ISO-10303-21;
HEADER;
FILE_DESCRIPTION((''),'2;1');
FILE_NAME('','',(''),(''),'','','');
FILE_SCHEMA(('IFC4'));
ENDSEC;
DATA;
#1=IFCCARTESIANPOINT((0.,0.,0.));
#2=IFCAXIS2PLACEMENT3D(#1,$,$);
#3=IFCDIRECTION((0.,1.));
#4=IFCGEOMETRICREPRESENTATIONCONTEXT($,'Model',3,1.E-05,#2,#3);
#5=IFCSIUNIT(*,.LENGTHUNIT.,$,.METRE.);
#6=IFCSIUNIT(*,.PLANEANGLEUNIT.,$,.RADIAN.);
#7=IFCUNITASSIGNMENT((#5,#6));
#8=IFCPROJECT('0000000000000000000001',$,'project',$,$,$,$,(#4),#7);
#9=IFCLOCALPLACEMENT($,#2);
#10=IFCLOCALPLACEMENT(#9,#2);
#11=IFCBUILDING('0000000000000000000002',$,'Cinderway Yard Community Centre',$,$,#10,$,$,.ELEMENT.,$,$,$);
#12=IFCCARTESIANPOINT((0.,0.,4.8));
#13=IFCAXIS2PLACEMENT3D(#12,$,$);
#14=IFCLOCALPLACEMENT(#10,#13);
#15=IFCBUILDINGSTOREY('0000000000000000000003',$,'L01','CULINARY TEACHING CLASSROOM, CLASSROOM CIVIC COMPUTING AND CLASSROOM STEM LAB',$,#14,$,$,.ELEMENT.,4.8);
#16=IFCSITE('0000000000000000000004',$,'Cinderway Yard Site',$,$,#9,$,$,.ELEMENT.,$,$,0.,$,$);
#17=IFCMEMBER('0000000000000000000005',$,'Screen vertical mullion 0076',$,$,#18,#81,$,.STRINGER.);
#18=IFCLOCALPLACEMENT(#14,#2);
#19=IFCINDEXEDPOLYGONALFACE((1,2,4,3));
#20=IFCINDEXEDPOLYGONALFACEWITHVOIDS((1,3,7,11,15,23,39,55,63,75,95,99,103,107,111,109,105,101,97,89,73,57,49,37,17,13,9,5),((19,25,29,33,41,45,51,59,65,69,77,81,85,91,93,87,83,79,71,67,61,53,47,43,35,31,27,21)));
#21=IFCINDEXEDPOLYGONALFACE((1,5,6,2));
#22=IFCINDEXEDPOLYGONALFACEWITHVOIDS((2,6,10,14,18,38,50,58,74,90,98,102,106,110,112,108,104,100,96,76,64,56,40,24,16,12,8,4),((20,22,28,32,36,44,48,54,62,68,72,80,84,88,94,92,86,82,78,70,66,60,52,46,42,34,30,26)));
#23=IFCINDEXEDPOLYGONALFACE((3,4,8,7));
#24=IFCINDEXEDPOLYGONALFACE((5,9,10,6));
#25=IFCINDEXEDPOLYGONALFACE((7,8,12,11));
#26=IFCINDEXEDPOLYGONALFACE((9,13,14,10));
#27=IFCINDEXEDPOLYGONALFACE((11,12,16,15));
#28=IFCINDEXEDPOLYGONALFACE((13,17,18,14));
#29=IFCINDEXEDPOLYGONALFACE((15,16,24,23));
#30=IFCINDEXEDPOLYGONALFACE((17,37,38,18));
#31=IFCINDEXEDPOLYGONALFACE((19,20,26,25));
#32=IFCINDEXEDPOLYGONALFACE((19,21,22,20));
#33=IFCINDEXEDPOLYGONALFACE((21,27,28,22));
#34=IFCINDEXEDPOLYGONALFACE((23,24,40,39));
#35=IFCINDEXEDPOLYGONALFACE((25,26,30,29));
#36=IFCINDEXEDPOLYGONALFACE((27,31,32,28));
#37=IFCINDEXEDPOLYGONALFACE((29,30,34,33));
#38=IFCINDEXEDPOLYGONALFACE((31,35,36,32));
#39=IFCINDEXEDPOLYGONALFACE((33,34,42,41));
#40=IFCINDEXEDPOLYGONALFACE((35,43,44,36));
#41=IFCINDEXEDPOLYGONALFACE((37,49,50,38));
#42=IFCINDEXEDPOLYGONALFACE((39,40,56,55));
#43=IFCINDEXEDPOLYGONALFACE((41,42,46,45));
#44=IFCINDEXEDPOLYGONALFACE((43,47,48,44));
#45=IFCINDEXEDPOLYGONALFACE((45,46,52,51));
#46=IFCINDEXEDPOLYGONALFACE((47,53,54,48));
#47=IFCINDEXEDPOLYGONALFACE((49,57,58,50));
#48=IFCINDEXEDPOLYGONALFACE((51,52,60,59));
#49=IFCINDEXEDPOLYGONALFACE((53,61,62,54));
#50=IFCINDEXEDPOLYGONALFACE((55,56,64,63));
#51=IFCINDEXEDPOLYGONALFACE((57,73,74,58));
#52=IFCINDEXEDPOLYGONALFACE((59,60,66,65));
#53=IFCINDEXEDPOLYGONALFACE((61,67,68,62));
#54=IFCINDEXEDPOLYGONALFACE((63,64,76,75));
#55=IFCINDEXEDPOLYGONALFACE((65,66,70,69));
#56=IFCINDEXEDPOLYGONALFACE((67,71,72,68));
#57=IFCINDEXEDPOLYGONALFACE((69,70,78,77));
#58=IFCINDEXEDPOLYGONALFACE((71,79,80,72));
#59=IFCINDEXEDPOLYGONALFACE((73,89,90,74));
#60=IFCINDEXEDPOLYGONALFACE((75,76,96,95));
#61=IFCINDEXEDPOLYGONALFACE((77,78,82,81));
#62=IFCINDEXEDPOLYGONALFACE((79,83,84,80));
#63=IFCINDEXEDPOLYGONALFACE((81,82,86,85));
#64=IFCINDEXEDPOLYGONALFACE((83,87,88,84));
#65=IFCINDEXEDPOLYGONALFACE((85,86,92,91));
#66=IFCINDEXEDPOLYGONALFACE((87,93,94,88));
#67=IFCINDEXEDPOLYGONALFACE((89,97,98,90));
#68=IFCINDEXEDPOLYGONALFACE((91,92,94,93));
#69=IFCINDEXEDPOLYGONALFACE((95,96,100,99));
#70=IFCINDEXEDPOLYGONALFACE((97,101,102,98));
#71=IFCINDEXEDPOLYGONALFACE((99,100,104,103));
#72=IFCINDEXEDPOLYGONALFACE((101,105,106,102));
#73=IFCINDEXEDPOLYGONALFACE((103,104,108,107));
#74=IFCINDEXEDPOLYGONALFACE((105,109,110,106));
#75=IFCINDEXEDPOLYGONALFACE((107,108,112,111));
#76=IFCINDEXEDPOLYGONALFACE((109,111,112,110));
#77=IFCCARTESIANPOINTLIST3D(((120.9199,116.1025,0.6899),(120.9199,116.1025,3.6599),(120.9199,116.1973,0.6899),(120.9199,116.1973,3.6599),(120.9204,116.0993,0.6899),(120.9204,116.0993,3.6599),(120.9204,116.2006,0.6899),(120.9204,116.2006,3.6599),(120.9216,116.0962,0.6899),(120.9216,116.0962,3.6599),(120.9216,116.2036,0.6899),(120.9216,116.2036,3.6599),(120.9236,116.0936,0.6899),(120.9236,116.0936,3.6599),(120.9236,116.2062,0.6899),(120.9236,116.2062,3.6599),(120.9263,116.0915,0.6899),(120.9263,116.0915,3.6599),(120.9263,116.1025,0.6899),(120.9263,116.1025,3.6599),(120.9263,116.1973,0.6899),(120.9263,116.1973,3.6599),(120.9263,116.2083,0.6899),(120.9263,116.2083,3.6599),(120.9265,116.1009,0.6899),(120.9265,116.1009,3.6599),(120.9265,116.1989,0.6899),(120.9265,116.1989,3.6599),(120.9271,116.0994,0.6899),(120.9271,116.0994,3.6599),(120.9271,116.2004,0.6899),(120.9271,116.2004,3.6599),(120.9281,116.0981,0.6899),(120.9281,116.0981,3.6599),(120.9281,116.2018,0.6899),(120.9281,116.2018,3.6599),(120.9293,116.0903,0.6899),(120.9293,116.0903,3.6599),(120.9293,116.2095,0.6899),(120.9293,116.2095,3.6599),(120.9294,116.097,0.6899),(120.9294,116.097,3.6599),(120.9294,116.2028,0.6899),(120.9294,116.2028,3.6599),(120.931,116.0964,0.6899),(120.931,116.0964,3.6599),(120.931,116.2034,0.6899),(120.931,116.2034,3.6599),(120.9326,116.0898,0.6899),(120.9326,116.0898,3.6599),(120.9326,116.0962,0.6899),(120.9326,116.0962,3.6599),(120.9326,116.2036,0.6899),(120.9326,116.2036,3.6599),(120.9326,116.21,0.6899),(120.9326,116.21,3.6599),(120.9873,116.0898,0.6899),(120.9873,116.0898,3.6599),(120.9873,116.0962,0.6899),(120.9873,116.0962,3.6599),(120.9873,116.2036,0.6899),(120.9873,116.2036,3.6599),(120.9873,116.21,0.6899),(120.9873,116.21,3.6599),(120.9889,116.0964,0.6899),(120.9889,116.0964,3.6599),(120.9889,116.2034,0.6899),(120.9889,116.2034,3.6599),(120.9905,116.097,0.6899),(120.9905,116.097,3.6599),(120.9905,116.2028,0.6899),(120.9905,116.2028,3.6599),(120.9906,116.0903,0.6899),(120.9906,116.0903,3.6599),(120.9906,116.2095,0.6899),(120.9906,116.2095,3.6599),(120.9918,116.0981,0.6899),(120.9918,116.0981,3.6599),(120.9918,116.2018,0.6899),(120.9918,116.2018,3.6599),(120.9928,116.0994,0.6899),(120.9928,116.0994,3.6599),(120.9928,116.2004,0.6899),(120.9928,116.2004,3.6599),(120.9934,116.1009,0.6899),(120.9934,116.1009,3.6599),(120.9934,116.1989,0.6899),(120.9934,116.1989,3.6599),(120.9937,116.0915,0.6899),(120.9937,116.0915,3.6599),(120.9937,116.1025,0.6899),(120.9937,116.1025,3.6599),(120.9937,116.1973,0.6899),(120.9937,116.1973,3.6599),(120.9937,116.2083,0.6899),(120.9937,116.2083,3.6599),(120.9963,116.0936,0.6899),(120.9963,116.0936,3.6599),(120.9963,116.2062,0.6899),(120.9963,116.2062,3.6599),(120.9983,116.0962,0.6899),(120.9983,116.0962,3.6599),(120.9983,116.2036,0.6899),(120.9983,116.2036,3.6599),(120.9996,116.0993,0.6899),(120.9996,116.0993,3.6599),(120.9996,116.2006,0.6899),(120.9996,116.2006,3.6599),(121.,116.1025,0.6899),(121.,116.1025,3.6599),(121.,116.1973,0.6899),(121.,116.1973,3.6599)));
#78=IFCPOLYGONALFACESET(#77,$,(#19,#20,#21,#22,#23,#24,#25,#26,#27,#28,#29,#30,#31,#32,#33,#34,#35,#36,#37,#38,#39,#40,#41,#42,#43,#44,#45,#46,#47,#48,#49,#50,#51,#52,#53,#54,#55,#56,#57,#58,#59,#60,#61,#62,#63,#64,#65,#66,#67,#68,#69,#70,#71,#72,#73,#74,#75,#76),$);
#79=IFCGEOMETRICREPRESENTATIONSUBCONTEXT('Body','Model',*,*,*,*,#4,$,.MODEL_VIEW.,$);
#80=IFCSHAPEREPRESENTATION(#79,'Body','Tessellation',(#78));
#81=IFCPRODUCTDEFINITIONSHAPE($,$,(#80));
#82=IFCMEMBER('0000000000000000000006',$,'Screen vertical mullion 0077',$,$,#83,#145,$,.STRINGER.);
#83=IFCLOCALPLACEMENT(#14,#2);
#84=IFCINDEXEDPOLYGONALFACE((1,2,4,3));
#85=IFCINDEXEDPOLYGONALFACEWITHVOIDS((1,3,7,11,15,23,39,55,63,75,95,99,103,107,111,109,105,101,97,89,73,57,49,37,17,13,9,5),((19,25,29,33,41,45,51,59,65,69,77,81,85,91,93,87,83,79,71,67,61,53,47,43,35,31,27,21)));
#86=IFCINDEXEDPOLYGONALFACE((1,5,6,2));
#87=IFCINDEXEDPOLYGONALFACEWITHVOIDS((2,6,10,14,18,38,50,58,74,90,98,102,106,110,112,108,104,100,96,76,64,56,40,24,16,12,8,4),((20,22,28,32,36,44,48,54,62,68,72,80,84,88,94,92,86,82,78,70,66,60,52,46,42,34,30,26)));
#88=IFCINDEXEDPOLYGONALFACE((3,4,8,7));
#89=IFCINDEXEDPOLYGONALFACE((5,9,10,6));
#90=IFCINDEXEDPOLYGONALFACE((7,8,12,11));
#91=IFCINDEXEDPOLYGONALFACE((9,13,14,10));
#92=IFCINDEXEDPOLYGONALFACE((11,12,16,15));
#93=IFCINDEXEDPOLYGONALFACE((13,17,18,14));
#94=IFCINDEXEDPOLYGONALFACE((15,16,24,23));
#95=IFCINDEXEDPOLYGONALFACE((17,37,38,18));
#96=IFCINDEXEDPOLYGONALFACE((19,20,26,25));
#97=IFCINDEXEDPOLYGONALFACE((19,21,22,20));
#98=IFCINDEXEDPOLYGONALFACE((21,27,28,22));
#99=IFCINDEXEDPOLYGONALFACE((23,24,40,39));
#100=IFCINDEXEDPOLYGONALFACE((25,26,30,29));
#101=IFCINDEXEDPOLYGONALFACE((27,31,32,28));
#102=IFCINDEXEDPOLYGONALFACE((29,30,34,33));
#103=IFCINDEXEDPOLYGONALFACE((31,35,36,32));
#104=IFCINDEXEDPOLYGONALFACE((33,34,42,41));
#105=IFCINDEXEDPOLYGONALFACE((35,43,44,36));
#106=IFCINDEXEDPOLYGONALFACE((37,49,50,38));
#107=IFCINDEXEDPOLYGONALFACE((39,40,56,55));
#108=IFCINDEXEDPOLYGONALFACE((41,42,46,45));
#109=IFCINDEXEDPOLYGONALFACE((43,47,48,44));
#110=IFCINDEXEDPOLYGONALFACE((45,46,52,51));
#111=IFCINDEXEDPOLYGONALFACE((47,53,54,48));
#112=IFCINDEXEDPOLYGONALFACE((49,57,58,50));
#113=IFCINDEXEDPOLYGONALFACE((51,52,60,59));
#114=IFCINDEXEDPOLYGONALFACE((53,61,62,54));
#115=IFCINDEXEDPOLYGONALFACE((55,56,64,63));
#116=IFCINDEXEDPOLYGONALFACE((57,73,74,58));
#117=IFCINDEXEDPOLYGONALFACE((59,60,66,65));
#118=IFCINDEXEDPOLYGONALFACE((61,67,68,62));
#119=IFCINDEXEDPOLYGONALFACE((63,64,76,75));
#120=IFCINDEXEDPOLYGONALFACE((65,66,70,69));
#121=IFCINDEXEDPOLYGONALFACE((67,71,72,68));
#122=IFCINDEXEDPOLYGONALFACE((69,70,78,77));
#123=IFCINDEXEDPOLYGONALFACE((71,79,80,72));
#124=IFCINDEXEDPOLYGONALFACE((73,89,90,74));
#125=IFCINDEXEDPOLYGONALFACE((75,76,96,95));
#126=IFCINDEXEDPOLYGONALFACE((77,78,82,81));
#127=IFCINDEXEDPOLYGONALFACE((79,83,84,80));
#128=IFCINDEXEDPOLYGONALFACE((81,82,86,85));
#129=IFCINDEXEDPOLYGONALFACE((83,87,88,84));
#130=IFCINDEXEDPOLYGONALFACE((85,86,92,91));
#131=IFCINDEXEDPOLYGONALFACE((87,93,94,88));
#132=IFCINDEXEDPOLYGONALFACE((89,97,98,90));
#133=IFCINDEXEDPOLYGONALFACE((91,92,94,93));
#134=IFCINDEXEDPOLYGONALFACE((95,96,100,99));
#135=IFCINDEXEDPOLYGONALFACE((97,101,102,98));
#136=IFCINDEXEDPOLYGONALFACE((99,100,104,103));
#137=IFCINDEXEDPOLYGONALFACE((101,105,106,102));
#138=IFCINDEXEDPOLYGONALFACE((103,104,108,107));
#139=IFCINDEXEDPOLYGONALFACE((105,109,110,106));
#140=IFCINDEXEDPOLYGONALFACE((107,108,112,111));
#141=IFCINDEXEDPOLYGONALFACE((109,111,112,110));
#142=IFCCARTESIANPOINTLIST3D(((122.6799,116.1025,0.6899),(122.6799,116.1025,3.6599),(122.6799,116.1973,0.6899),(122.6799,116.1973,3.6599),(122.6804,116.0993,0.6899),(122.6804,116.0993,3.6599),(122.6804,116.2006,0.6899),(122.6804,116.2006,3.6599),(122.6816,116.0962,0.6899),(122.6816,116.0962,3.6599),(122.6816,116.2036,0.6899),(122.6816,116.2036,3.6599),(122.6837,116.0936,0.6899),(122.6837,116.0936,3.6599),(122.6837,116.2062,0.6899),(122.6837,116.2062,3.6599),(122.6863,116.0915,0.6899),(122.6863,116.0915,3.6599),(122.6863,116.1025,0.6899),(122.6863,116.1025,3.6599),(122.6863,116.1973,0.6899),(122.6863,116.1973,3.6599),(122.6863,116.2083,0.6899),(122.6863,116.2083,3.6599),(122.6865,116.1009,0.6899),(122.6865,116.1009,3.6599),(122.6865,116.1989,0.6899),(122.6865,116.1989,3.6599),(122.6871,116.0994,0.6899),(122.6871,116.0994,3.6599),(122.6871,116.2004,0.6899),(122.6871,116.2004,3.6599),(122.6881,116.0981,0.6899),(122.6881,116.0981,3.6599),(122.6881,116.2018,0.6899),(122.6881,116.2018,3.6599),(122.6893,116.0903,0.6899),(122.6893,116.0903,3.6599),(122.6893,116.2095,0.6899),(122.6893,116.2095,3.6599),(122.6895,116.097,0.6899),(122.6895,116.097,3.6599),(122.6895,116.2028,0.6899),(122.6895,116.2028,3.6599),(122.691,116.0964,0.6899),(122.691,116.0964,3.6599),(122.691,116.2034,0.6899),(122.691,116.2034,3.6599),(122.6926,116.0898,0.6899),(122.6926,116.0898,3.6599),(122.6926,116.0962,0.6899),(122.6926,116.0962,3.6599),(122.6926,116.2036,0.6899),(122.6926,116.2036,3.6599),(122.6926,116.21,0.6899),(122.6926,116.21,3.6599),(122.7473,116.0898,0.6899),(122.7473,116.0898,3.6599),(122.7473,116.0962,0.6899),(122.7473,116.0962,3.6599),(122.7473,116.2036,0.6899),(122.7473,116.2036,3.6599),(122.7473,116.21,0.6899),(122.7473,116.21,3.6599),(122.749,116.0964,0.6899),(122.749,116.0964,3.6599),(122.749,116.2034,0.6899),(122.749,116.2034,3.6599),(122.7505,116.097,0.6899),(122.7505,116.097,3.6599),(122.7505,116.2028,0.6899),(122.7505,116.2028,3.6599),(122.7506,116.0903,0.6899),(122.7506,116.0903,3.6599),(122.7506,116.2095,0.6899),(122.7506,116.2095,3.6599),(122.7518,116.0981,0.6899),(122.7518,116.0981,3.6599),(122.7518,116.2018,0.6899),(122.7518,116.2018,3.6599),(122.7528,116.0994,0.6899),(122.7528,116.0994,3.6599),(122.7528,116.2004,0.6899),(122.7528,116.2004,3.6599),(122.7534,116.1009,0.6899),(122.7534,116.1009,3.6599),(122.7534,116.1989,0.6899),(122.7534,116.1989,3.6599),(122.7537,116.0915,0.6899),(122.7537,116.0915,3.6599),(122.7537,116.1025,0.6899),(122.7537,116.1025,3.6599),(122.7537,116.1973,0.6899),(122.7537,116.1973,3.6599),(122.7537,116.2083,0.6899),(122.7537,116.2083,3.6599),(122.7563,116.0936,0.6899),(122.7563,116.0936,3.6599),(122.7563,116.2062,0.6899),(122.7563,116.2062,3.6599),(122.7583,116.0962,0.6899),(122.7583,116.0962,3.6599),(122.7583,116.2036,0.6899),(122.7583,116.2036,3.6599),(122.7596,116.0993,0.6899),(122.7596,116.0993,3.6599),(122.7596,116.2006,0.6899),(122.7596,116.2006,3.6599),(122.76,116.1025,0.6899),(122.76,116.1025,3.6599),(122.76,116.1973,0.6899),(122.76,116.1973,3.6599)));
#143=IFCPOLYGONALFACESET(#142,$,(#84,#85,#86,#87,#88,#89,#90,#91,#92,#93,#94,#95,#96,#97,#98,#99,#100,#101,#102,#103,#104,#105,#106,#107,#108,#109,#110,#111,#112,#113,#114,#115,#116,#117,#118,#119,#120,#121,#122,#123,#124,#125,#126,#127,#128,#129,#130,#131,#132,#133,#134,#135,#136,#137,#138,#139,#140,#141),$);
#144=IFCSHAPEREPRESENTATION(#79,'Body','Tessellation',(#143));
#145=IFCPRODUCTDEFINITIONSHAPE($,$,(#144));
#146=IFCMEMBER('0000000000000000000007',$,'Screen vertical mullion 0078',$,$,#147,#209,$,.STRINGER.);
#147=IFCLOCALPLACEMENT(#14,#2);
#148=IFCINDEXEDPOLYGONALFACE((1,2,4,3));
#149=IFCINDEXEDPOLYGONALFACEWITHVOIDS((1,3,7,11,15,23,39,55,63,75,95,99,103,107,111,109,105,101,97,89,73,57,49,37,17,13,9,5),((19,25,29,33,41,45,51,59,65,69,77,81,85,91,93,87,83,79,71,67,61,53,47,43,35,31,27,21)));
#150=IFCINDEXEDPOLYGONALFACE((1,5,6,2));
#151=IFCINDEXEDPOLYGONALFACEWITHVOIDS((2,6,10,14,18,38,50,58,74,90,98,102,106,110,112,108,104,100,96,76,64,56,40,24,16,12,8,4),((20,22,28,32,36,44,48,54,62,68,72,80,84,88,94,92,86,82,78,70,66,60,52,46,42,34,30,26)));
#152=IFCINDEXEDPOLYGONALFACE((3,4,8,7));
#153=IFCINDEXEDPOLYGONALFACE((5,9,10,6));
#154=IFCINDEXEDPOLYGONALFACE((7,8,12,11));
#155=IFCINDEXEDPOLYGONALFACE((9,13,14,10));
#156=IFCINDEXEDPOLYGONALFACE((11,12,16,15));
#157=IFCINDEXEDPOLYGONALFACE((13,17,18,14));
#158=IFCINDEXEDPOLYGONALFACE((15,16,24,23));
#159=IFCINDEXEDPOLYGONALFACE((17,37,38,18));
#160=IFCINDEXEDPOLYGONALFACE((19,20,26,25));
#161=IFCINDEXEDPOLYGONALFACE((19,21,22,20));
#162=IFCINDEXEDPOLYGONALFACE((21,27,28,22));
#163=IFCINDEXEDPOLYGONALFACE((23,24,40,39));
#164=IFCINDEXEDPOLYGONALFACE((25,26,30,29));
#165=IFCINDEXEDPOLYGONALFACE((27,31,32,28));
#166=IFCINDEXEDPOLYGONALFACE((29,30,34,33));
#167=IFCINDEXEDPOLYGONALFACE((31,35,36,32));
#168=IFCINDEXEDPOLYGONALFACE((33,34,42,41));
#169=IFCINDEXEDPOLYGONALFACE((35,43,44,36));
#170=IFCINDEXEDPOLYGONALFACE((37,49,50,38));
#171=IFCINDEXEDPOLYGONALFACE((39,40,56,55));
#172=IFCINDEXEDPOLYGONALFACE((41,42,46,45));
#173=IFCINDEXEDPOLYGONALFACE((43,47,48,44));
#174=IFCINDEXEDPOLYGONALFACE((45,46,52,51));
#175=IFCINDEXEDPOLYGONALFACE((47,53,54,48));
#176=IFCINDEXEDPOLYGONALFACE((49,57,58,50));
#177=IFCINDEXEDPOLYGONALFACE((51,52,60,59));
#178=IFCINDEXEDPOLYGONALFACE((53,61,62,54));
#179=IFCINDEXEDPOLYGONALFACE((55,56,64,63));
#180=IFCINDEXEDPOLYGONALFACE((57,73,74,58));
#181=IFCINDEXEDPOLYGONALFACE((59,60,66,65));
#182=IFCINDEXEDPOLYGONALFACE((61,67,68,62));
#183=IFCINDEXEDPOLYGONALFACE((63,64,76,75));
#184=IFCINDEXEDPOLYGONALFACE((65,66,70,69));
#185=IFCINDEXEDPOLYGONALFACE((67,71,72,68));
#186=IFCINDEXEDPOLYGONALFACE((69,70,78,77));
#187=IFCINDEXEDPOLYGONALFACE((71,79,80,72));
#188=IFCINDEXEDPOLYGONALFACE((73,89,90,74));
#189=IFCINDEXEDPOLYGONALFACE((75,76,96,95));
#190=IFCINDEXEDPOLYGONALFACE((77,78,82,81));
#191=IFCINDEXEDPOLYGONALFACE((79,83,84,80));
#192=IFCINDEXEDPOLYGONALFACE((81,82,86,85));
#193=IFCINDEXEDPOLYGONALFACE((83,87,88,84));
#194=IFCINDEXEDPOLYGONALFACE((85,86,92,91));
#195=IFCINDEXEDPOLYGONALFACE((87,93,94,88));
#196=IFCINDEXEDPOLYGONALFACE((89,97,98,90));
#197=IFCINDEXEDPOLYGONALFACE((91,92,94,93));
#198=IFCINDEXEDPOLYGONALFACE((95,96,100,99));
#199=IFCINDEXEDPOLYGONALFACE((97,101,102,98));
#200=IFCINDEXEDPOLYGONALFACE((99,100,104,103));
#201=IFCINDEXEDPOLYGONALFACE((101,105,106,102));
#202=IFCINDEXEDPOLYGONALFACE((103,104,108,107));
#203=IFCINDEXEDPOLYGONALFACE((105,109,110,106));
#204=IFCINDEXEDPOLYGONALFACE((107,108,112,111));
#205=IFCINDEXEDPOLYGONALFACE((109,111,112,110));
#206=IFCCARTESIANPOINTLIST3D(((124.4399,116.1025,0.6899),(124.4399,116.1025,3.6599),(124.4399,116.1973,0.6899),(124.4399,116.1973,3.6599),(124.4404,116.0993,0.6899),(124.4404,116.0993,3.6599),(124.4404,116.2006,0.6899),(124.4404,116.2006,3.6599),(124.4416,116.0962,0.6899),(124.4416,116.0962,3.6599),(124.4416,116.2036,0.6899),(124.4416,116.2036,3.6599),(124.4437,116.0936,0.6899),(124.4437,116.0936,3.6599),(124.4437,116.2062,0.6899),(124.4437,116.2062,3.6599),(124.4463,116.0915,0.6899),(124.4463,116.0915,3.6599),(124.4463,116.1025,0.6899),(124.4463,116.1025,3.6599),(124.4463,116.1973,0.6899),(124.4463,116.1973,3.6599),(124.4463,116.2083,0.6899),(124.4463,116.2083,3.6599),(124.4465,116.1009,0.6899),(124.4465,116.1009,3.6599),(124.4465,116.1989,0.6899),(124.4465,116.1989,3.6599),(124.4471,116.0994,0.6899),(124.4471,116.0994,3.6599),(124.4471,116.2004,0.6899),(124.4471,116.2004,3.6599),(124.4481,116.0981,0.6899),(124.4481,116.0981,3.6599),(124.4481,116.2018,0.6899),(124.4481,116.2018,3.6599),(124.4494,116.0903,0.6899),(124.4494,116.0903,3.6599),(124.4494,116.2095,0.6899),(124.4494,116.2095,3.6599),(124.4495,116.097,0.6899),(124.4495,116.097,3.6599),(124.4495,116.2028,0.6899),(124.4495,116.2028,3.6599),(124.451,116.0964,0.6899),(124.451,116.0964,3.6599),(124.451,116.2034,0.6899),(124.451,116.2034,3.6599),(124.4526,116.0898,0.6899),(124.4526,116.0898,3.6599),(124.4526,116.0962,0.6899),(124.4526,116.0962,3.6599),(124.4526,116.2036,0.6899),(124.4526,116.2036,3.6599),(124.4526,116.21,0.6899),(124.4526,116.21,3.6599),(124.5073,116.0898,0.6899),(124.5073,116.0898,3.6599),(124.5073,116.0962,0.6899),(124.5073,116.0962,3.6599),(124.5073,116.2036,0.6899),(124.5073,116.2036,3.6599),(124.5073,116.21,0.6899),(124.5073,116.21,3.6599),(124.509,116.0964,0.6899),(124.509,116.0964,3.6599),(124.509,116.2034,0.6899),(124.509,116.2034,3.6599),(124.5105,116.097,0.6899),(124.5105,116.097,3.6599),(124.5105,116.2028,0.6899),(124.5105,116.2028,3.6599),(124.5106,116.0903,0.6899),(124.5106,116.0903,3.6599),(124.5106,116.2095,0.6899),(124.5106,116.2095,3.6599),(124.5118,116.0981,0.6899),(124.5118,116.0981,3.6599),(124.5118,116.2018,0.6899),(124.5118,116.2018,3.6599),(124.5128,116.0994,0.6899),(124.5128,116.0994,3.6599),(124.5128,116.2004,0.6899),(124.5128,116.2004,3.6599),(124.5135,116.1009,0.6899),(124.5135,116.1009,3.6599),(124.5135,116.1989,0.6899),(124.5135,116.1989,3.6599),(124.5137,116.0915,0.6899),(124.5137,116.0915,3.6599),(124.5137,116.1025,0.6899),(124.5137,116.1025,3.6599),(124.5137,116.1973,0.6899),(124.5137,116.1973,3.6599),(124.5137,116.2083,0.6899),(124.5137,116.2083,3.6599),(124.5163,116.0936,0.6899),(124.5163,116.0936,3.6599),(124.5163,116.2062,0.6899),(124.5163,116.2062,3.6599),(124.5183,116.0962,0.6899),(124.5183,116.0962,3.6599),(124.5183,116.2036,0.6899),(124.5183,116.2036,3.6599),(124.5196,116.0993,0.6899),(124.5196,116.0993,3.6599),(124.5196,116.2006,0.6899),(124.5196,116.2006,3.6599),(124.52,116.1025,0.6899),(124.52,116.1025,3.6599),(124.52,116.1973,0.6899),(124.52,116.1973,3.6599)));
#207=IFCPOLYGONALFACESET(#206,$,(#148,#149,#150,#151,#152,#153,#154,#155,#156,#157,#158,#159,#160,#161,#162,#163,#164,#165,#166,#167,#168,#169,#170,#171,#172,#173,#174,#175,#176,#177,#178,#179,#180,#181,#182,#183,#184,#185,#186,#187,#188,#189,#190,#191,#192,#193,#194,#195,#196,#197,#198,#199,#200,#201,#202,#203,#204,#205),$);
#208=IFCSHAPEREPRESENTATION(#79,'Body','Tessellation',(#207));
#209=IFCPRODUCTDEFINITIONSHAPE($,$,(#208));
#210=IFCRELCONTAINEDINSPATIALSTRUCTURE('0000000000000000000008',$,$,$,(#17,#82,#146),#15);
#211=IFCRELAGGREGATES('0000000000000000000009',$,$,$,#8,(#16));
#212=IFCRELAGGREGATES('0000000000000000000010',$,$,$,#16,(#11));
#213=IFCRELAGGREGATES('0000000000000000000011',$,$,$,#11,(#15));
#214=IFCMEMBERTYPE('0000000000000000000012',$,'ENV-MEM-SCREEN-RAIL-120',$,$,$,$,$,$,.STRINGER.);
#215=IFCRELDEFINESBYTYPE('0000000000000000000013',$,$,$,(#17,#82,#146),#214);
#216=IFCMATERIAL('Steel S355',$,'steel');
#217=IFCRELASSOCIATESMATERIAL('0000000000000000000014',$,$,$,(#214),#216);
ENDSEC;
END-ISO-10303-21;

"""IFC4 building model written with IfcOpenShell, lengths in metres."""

from ifc_helpers import new_model, si_unit, direction, frame, origin, origin_2d, place, context, subcontext, project, spatial, hollow_rectangle, extrude, material, material_profile, profile_set, type_object, element, save


model = new_model("IFC4")

# Units and contexts
model_context = context("Model", 3, precision=1e-05, world=origin(), true_north=direction((0.0, 1.0)))
body_context = subcontext(model_context, "Body", "Model", "MODEL_VIEW")
ifc_project = project(units=[si_unit("LENGTHUNIT", "METRE"), si_unit("PLANEANGLEUNIT", "RADIAN")], contexts=[model_context])

# Site, building, storey
site_placement = place(None, origin())
site = spatial("IfcSite", under=ifc_project, at=site_placement, Name="Cinderway Yard Site", CompositionType="ELEMENT", RefElevation=0.0)
building_placement = place(site_placement, origin())
building = spatial("IfcBuilding", under=site, at=building_placement, Name="Cinderway Yard Community Centre", CompositionType="ELEMENT")
storey_placement = place(building_placement, frame((0.0, 0.0, 4.8)))
storey = spatial("IfcBuildingStorey", under=building, at=storey_placement, Name="L01", Description="CULINARY TEACHING CLASSROOM, CLASSROOM CIVIC COMPUTING AND CLASSROOM STEM LAB", CompositionType="ELEMENT", Elevation=4.8)

# Members
ifc_material_1 = material(Name="Steel S355", Category="steel")
ifc_material_profile_1 = material_profile(ifc_material_1, hollow_rectangle(XDim=0.0801, YDim=0.1201, WallThickness=0.0063, InnerFilletRadius=0.0063, OuterFilletRadius=0.0127, at=origin_2d()), Name="Steel S355")
ifc_profile_set_1 = profile_set([ifc_material_profile_1], Name="Steel S355")
member_type_1 = type_object("IfcMemberType", Name="ENV-MEM-SCREEN-RAIL-120", PredefinedType="STRINGER", material=ifc_profile_set_1)
for number, where, z_axis, x_axis, name in (
    (1, (120.96, 116.1499, 0.6899), (0.0, 0.0, 1.0), (1.0, 0.0, 0.0), "Screen vertical mullion 0076"),
    (2, (122.72, 116.1499, 0.6899), (0.0, 0.0, 1.0), (1.0, 0.0, 0.0), "Screen vertical mullion 0077"),
    (3, (124.48, 116.1499, 0.6899), (0.0, 0.0, 1.0), (1.0, 0.0, 0.0), "Screen vertical mullion 0078"),
):
    element("IfcMember", number, at=place(storey_placement, frame(where, z_axis=z_axis, x_axis=x_axis)), inside=storey, type_object=member_type_1, Name=name, PredefinedType="STRINGER", context=body_context, shape_type="SweptSolid", body=[
        extrude(hollow_rectangle(XDim=0.0801, YDim=0.1201, WallThickness=0.0063, InnerFilletRadius=0.0063, OuterFilletRadius=0.0127, at=origin_2d()), origin(), (0.0, 0.0, 1.0), 2.97),
    ])

save(model, "model.ifc")
